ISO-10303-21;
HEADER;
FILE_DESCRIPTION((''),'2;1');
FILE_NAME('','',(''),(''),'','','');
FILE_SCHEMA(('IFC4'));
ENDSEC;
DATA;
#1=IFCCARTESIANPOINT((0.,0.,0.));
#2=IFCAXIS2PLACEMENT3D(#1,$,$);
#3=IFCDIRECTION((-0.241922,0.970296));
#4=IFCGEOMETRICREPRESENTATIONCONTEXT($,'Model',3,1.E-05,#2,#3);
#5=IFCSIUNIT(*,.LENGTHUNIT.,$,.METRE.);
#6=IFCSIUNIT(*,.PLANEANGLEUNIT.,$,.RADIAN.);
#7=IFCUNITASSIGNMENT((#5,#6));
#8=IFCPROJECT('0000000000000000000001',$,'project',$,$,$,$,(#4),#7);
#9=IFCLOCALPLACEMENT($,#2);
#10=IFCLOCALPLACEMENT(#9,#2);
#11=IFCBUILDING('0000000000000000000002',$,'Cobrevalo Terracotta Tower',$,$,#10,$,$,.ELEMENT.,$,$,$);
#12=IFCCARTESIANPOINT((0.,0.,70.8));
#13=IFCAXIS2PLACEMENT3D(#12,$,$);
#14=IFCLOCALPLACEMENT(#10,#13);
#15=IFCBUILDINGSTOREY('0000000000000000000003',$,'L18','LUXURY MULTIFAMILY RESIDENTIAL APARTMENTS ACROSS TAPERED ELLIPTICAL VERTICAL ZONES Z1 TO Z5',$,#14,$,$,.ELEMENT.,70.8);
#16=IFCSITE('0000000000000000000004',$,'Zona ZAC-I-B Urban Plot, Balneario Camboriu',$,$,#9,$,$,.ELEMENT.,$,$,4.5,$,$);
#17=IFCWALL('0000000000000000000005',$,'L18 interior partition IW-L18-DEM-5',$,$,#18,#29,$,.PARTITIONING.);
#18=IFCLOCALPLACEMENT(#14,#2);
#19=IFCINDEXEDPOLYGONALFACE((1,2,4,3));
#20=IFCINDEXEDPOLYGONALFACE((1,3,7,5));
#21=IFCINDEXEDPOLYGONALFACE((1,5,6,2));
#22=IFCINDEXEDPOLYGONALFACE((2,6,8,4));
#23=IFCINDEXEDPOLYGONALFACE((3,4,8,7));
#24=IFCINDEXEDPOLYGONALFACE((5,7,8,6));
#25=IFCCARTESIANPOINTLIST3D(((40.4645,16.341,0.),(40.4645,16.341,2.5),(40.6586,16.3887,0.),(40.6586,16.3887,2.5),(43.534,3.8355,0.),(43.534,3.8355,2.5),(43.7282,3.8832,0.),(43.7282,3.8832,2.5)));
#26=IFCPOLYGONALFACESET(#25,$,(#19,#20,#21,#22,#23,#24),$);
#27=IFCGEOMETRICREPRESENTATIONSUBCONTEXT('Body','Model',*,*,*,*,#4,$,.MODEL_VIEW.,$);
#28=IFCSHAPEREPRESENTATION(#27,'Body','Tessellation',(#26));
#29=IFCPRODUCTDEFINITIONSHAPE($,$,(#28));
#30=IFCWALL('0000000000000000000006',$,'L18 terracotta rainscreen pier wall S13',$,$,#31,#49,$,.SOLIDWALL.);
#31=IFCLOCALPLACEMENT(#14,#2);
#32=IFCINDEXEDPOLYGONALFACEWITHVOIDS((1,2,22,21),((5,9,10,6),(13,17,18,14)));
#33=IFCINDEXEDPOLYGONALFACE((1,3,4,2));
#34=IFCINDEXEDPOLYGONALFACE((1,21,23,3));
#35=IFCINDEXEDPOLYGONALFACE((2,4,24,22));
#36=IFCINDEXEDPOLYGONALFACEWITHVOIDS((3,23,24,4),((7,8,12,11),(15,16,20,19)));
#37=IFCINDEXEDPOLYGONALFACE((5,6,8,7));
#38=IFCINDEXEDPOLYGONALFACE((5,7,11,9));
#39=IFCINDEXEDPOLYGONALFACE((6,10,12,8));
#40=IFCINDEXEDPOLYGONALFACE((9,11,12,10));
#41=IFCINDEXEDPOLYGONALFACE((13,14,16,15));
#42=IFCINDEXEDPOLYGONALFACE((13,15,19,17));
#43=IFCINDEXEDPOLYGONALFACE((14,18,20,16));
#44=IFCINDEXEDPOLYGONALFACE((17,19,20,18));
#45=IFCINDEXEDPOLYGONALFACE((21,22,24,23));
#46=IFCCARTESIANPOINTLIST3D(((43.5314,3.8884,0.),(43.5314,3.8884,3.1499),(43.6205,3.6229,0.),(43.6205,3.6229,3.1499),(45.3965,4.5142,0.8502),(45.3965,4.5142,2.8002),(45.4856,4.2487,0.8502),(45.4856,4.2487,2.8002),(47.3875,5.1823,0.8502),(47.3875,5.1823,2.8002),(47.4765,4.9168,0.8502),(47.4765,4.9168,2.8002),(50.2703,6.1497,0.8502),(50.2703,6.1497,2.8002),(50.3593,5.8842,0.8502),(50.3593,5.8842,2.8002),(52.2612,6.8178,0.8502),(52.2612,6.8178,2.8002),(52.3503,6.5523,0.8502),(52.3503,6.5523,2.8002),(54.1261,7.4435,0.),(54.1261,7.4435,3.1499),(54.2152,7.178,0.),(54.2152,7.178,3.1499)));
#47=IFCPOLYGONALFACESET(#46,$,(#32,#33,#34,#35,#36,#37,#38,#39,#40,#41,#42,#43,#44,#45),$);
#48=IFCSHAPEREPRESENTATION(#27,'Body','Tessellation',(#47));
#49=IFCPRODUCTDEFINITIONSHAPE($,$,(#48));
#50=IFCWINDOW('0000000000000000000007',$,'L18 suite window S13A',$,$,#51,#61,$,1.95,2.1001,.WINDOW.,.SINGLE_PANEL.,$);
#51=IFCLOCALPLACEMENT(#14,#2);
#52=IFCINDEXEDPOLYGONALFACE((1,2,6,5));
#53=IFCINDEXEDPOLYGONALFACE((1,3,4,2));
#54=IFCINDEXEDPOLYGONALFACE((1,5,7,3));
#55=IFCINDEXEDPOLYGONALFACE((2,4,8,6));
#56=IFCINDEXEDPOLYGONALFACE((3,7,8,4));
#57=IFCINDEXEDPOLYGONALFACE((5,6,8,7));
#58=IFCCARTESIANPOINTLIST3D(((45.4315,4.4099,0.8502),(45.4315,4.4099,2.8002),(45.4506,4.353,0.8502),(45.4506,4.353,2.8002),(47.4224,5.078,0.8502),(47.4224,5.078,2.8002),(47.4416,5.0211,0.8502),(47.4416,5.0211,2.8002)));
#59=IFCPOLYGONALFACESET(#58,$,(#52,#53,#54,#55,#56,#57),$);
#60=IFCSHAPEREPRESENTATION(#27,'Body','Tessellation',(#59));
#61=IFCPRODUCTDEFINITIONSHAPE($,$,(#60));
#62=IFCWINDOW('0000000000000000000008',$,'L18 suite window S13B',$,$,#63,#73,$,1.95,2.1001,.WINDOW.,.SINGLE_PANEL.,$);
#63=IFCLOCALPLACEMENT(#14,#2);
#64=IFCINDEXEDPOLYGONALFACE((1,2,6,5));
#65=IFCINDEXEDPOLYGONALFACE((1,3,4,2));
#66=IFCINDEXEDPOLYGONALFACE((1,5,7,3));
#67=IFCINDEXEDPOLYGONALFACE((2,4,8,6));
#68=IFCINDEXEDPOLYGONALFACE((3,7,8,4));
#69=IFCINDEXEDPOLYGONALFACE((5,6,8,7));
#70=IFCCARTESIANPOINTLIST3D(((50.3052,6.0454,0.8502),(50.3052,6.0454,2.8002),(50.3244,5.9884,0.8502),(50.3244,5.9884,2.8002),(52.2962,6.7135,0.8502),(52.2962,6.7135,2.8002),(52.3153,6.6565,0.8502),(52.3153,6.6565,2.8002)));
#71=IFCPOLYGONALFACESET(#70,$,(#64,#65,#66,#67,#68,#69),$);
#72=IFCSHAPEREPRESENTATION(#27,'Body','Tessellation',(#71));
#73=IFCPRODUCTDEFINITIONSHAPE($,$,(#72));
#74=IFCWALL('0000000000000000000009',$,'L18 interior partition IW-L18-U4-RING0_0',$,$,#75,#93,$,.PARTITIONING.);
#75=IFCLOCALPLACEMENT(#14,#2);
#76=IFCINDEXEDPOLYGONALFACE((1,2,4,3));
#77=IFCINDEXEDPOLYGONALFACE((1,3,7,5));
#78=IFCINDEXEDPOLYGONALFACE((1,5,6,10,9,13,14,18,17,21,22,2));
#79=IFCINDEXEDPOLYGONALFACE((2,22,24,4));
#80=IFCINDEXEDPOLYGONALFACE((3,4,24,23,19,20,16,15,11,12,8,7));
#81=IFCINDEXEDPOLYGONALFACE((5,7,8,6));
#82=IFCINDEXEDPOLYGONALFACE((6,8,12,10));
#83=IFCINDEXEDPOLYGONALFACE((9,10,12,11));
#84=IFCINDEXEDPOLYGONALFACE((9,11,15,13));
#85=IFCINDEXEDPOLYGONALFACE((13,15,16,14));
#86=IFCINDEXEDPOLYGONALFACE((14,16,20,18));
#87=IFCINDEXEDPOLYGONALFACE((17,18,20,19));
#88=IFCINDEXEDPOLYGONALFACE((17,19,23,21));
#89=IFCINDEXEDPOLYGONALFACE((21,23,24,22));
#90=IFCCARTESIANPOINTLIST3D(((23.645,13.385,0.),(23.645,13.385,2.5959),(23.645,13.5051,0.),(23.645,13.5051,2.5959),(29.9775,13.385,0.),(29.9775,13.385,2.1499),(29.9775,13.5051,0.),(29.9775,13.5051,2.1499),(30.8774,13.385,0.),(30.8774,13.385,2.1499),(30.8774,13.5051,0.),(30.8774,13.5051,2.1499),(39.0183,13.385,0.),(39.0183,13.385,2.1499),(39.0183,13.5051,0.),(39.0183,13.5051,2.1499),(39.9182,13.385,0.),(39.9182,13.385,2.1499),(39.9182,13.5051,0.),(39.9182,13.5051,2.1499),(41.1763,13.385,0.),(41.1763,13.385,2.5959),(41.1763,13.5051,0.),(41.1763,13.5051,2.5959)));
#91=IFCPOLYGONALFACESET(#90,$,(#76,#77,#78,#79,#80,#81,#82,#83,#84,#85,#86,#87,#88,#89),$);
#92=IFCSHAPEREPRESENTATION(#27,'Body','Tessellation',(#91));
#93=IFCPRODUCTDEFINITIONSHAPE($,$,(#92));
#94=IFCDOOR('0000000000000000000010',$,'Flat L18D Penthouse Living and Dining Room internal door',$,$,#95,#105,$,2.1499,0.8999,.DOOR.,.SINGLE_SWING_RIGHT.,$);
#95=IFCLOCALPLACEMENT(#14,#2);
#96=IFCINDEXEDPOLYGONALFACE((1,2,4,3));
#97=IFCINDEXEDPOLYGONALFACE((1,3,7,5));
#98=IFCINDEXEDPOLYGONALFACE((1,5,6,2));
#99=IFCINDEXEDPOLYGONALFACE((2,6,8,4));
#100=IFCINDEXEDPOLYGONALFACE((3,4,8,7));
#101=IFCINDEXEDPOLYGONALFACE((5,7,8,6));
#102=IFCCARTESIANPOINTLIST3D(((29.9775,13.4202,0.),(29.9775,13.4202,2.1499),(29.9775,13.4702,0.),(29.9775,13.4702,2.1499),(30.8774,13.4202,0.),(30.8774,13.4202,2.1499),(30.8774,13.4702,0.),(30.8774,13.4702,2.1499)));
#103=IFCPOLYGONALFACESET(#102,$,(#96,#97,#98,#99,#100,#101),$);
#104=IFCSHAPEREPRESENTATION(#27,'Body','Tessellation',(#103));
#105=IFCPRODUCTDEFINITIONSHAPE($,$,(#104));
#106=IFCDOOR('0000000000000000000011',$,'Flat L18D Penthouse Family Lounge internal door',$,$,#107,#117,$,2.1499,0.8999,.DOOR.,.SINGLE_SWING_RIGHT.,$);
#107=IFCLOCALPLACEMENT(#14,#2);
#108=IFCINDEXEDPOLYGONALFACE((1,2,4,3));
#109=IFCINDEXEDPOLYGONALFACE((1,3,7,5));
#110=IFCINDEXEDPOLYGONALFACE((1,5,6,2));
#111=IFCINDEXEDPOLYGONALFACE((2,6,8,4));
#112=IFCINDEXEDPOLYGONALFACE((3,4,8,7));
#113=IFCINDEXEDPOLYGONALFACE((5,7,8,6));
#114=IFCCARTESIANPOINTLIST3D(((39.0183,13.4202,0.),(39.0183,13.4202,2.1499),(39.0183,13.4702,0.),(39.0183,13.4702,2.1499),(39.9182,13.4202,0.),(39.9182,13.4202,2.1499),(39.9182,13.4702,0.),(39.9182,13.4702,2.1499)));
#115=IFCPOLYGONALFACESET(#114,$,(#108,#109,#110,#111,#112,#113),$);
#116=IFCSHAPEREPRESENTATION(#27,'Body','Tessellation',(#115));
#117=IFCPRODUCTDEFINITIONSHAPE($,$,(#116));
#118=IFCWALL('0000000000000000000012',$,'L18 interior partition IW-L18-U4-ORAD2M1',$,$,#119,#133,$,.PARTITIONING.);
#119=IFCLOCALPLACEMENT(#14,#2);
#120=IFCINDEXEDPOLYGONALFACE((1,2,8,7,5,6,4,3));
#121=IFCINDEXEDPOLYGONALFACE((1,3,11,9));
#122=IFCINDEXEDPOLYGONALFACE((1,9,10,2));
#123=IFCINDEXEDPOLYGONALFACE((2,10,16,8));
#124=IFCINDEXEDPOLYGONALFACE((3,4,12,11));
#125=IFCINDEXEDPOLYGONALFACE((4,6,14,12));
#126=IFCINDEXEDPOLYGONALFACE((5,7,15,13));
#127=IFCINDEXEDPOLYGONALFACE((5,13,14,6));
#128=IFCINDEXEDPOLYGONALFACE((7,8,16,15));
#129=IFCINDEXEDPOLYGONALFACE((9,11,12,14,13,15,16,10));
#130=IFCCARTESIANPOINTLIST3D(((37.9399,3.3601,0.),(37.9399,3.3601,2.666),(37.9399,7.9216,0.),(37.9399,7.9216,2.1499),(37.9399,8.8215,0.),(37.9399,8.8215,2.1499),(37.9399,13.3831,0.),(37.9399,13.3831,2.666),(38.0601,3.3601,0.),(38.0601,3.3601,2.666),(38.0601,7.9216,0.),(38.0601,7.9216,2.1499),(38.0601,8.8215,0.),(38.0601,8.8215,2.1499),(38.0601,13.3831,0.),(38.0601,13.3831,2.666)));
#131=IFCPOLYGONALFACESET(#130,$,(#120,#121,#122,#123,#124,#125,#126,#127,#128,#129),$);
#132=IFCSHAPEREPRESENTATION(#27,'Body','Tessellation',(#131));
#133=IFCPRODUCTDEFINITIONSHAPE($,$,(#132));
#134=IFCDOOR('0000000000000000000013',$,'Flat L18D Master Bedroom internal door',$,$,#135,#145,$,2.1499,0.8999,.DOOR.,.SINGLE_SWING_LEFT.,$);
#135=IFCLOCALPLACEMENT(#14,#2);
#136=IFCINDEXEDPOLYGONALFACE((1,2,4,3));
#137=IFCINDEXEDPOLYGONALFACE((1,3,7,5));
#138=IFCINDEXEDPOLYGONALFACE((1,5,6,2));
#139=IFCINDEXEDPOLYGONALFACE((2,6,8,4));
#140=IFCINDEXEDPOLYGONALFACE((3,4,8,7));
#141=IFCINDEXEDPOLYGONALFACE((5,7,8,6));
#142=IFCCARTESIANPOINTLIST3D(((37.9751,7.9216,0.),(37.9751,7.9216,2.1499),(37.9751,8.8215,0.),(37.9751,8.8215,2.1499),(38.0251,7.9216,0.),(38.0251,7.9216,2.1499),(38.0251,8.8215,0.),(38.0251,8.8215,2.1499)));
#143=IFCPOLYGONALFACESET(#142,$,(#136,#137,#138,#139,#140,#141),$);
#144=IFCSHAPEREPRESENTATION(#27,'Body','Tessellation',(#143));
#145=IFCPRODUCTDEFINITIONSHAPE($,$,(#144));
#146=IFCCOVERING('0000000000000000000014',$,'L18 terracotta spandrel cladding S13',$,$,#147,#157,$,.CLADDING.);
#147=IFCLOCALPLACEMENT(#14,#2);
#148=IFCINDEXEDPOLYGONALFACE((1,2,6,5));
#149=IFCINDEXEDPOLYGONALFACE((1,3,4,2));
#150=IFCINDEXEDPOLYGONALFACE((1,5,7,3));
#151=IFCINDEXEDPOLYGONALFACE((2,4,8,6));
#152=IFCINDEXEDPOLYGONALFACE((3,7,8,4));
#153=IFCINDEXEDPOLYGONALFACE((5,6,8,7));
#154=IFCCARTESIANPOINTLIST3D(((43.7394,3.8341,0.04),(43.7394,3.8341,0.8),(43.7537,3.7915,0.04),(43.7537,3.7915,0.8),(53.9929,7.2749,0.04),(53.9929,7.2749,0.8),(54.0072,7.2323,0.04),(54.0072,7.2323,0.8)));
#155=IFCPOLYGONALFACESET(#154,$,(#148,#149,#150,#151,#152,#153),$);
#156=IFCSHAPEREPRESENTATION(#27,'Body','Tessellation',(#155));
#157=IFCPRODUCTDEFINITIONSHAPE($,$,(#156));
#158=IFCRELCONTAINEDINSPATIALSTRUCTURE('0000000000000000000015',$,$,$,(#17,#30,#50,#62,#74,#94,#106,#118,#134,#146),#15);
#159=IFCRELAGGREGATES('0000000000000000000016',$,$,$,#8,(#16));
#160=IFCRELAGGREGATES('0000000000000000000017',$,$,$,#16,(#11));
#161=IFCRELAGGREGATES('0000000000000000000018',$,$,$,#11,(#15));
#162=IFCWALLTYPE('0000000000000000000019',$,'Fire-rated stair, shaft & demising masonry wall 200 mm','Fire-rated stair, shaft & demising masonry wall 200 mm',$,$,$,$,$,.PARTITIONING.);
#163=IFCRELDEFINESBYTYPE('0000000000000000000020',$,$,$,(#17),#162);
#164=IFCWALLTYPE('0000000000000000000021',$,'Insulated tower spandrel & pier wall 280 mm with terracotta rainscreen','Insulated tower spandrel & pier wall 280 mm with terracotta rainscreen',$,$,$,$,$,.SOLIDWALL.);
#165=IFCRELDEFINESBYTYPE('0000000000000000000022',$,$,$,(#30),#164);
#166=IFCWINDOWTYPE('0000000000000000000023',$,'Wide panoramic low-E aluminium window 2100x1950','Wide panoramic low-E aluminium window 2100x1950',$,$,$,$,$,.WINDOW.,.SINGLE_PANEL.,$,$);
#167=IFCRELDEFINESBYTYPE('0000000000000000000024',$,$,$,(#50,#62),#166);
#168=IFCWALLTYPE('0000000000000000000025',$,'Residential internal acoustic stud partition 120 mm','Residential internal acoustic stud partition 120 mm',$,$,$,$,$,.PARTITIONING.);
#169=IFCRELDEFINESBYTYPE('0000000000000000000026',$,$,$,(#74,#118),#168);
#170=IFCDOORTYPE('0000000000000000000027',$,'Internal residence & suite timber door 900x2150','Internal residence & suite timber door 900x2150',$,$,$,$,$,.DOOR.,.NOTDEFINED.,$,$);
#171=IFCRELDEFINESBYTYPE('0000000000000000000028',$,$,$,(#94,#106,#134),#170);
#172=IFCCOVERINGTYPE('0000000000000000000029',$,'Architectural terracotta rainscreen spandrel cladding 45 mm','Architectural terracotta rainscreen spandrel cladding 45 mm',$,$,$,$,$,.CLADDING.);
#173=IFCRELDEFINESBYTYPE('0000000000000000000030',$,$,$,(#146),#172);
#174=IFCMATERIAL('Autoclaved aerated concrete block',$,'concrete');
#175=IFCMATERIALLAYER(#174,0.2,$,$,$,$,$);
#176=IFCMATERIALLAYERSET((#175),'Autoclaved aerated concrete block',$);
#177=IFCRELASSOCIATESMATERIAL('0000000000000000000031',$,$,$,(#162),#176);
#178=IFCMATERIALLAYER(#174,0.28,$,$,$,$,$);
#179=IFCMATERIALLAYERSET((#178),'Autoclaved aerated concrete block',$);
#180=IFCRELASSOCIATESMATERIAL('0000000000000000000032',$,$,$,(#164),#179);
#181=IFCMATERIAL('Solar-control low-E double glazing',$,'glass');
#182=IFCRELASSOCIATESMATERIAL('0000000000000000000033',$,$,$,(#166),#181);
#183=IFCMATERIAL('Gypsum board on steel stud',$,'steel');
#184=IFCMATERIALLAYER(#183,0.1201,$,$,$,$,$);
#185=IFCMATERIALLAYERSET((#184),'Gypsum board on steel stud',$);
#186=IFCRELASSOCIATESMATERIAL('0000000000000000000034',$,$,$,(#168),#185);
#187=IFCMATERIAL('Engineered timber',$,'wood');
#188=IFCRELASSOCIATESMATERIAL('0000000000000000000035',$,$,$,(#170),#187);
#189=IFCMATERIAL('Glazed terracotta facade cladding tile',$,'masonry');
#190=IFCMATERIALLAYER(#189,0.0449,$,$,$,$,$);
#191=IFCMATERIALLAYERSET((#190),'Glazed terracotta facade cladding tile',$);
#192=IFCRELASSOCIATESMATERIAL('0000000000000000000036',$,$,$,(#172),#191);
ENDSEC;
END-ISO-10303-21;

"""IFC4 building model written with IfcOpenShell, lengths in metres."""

from ifc_helpers import new_model, si_unit, direction, frame, frame_2d, origin, origin_2d, place, context, subcontext, project, spatial, rectangle, extrude, source, transform, mapped, material, layer, layer_set, type_object, element, fill, save


model = new_model("IFC4")

# Units and contexts
model_context = context("Model", 3, precision=1e-05, world=origin(), true_north=direction((-0.241922, 0.970296)))
body_context = subcontext(model_context, "Body", "Model", "MODEL_VIEW")
ifc_project = project(units=[si_unit("LENGTHUNIT", "METRE"), si_unit("PLANEANGLEUNIT", "RADIAN")], contexts=[model_context])

# Site, building, storey
site_placement = place(None, origin())
site = spatial("IfcSite", under=ifc_project, at=site_placement, Name="Zona ZAC-I-B Urban Plot, Balneario Camboriu", CompositionType="ELEMENT", RefElevation=4.5)
building_placement = place(site_placement, origin())
building = spatial("IfcBuilding", under=site, at=building_placement, Name="Cobrevalo Terracotta Tower", CompositionType="ELEMENT")
storey_placement = place(building_placement, frame((0.0, 0.0, 70.8)))
storey = spatial("IfcBuildingStorey", under=building, at=storey_placement, Name="L18", Description="LUXURY MULTIFAMILY RESIDENTIAL APARTMENTS ACROSS TAPERED ELLIPTICAL VERTICAL ZONES Z1 TO Z5", CompositionType="ELEMENT", Elevation=70.8)

# Shared definitions
ifc_material_1 = material(Name="Solar-control low-E double glazing", Category="glass")

# Shared definitions
ifc_material_2 = material(Name="Gypsum board on steel stud", Category="steel")

# Wall
ifc_material_3 = material(Name="Autoclaved aerated concrete block", Category="concrete")
ifc_layer_1 = layer(ifc_material_3, 0.2)
ifc_layer_set_1 = layer_set([ifc_layer_1], Name="Autoclaved aerated concrete block")
wall_type_1 = type_object("IfcWallType", Name="Fire-rated stair, shaft & demising masonry wall 200 mm", Description="Fire-rated stair, shaft & demising masonry wall 200 mm", PredefinedType="PARTITIONING", material=ifc_layer_set_1)
wall_1_placement = place(storey_placement, frame((40.5615, 16.365, 0.0), z_axis=(0.0, 0.0, 1.0), x_axis=(0.23838, -0.971172, 0.0)))
element("IfcWall", 1, at=wall_1_placement, inside=storey, type_object=wall_type_1, Name="L18 interior partition IW-L18-DEM-5", PredefinedType="PARTITIONING", context=body_context, shape_type="SweptSolid", body=[
    extrude(rectangle(XDim=12.8767, YDim=0.2, at=frame_2d((6.4385, 0.0))), origin(), (0.0, 0.0, 1.0), 2.5),
])

# Wall, openings, windows
ifc_layer_2 = layer(ifc_material_3, 0.28)
ifc_layer_set_2 = layer_set([ifc_layer_2], Name="Autoclaved aerated concrete block")
wall_type_2 = type_object("IfcWallType", Name="Insulated tower spandrel & pier wall 280 mm with terracotta rainscreen", Description="Insulated tower spandrel & pier wall 280 mm with terracotta rainscreen", PredefinedType="SOLIDWALL", material=ifc_layer_set_2)
wall_2_placement = place(storey_placement, frame((43.5759, 3.7556, 0.0), z_axis=(0.0, 0.0, 1.0), x_axis=(0.948048, 0.318128, 0.0)))
wall_2 = element("IfcWall", 2, at=wall_2_placement, inside=storey, type_object=wall_type_2, Name="L18 terracotta rainscreen pier wall S13", PredefinedType="SOLIDWALL", context=body_context, shape_type="SweptSolid", body=[
    extrude(rectangle(XDim=11.1753, YDim=0.28, at=frame_2d((5.5876, 0.0))), origin(), (0.0, 0.0, 1.0), 3.1499),
])
opening_1_placement = place(wall_2_placement, frame((1.9673, 0.0, 0.8501)))
opening_1 = element("IfcOpeningElement", 3, at=opening_1_placement, cuts=wall_2, PredefinedType="OPENING", context=body_context, shape_type="SweptSolid", body=[
    extrude(rectangle(XDim=2.1001, YDim=1.95, at=frame_2d((1.05, 0.9751))), frame((0.0, 0.1499, 0.0), z_axis=(0.0, -1.0, 0.0), x_axis=(1.0, 0.0, 0.0)), (0.0, 0.0, 1.0), 0.3),
])
opening_2_placement = place(wall_2_placement, frame((7.1082, 0.0, 0.8501)))
opening_2 = element("IfcOpeningElement", 4, at=opening_2_placement, cuts=wall_2, PredefinedType="OPENING", context=body_context, shape_type="SweptSolid", body=[
    extrude(rectangle(XDim=2.1001, YDim=1.95, at=frame_2d((1.05, 0.9751))), frame((0.0, 0.1499, 0.0), z_axis=(0.0, -1.0, 0.0), x_axis=(1.0, 0.0, 0.0)), (0.0, 0.0, 1.0), 0.3),
])
window_type = type_object("IfcWindowType", Name="Wide panoramic low-E aluminium window 2100x1950", Description="Wide panoramic low-E aluminium window 2100x1950", PartitioningType="SINGLE_PANEL", PredefinedType="WINDOW", material=ifc_material_1)
shared_shape_1 = source(origin(), body_context, "Body", "SweptSolid", [
    extrude(rectangle(XDim=2.1001, YDim=1.95, at=frame_2d((1.05, 0.9751))), frame((0.0, 0.03, 0.0), z_axis=(0.0, -1.0, 0.0), x_axis=(1.0, 0.0, 0.0)), (0.0, 0.0, 1.0), 0.0601),
])
window_1_placement = place(opening_1_placement, origin())
window_1 = element("IfcWindow", 5, at=window_1_placement, inside=storey, type_object=window_type, Name="L18 suite window S13A", OverallHeight=1.95, OverallWidth=2.1001, PartitioningType="SINGLE_PANEL", PredefinedType="WINDOW", context=body_context, shape_type="MappedRepresentation", body=[
    mapped(shared_shape_1, transform((0.0, 0.0, 0.0), scale=1.0)),
])
fill(opening_1, window_1)
window_2_placement = place(opening_2_placement, origin())
window_2 = element("IfcWindow", 6, at=window_2_placement, inside=storey, type_object=window_type, Name="L18 suite window S13B", OverallHeight=1.95, OverallWidth=2.1001, PartitioningType="SINGLE_PANEL", PredefinedType="WINDOW", context=body_context, shape_type="MappedRepresentation", body=[
    mapped(shared_shape_1, transform((0.0, 0.0, 0.0), scale=1.0)),
])
fill(opening_2, window_2)

# Wall, openings, doors
ifc_layer_3 = layer(ifc_material_2, 0.1201)
ifc_layer_set_3 = layer_set([ifc_layer_3], Name="Gypsum board on steel stud")
wall_type_3 = type_object("IfcWallType", Name="Residential internal acoustic stud partition 120 mm", Description="Residential internal acoustic stud partition 120 mm", PredefinedType="PARTITIONING", material=ifc_layer_set_3)
wall_3_placement = place(storey_placement, frame((41.1763, 13.4451, 0.0), z_axis=(0.0, 0.0, 1.0), x_axis=(-1.0, 0.0, 0.0)))
wall_3 = element("IfcWall", 7, at=wall_3_placement, inside=storey, type_object=wall_type_3, Name="L18 interior partition IW-L18-U4-RING0_0", PredefinedType="PARTITIONING", context=body_context, shape_type="SweptSolid", body=[
    extrude(rectangle(XDim=17.5312, YDim=0.1201, at=frame_2d((8.7656, 0.0))), origin(), (0.0, 0.0, 1.0), 2.5959),
])
opening_3_placement = place(wall_3_placement, frame((10.2988, 0.0, 0.0)))
opening_3 = element("IfcOpeningElement", 8, at=opening_3_placement, cuts=wall_3, PredefinedType="OPENING", context=body_context, shape_type="SweptSolid", body=[
    extrude(rectangle(XDim=0.8999, YDim=2.1499, at=frame_2d((0.45, 1.075))), frame((0.0, 0.0701, 0.0), z_axis=(0.0, -1.0, 0.0), x_axis=(1.0, 0.0, 0.0)), (0.0, 0.0, 1.0), 0.1401),
])
opening_4_placement = place(wall_3_placement, frame((1.2581, 0.0, 0.0)))
opening_4 = element("IfcOpeningElement", 9, at=opening_4_placement, cuts=wall_3, PredefinedType="OPENING", context=body_context, shape_type="SweptSolid", body=[
    extrude(rectangle(XDim=0.8999, YDim=2.1499, at=frame_2d((0.45, 1.075))), frame((0.0, 0.0701, 0.0), z_axis=(0.0, -1.0, 0.0), x_axis=(1.0, 0.0, 0.0)), (0.0, 0.0, 1.0), 0.1401),
])
ifc_material_4 = material(Name="Engineered timber", Category="wood")
door_type_1 = type_object("IfcDoorType", Name="Internal residence & suite timber door 900x2150", Description="Internal residence & suite timber door 900x2150", OperationType="NOTDEFINED", PredefinedType="DOOR", material=ifc_material_4)
shared_shape_2 = source(origin(), body_context, "Body", "SweptSolid", [
    extrude(rectangle(XDim=0.8999, YDim=2.1499, at=frame_2d((0.45, 1.075))), frame((0.0, 0.0249, 0.0), z_axis=(0.0, -1.0, 0.0), x_axis=(1.0, 0.0, 0.0)), (0.0, 0.0, 1.0), 0.05),
])
door_1_placement = place(opening_3_placement, origin())
door_1 = element("IfcDoor", 10, at=door_1_placement, inside=storey, type_object=door_type_1, Name="Flat L18D Penthouse Living and Dining Room internal door", OperationType="SINGLE_SWING_RIGHT", OverallHeight=2.1499, OverallWidth=0.8999, PredefinedType="DOOR", context=body_context, shape_type="MappedRepresentation", body=[
    mapped(shared_shape_2, transform((0.0, 0.0, 0.0), scale=1.0)),
])
fill(opening_3, door_1)
door_2_placement = place(opening_4_placement, origin())
door_2 = element("IfcDoor", 11, at=door_2_placement, inside=storey, type_object=door_type_1, Name="Flat L18D Penthouse Family Lounge internal door", OperationType="SINGLE_SWING_RIGHT", OverallHeight=2.1499, OverallWidth=0.8999, PredefinedType="DOOR", context=body_context, shape_type="MappedRepresentation", body=[
    mapped(shared_shape_2, transform((0.0, 0.0, 0.0), scale=1.0)),
])
fill(opening_4, door_2)

# Wall, opening, door
wall_4_placement = place(storey_placement, frame((38.0, 13.3831, 0.0), z_axis=(0.0, 0.0, 1.0), x_axis=(0.0, -1.0, 0.0)))
wall_4 = element("IfcWall", 12, at=wall_4_placement, inside=storey, type_object=wall_type_3, Name="L18 interior partition IW-L18-U4-ORAD2M1", PredefinedType="PARTITIONING", context=body_context, shape_type="SweptSolid", body=[
    extrude(rectangle(XDim=10.0229, YDim=0.1201, at=frame_2d((5.0115, 0.0))), origin(), (0.0, 0.0, 1.0), 2.666),
])
opening_5_placement = place(wall_4_placement, frame((4.5615, 0.0, 0.0)))
opening_5 = element("IfcOpeningElement", 13, at=opening_5_placement, cuts=wall_4, PredefinedType="OPENING", context=body_context, shape_type="SweptSolid", body=[
    extrude(rectangle(XDim=0.8999, YDim=2.1499, at=frame_2d((0.45, 1.075))), frame((0.0, 0.0701, 0.0), z_axis=(0.0, -1.0, 0.0), x_axis=(1.0, 0.0, 0.0)), (0.0, 0.0, 1.0), 0.1401),
])
door_3_placement = place(opening_5_placement, frame((0.8999, 0.0, 0.0), z_axis=(0.0, 0.0, 1.0), x_axis=(-1.0, 0.0, 0.0)))
door_3 = element("IfcDoor", 14, at=door_3_placement, inside=storey, type_object=door_type_1, Name="Flat L18D Master Bedroom internal door", OperationType="SINGLE_SWING_LEFT", OverallHeight=2.1499, OverallWidth=0.8999, PredefinedType="DOOR", context=body_context, shape_type="MappedRepresentation", body=[
    mapped(shared_shape_2, transform((0.0, 0.0, 0.0), scale=1.0)),
])
fill(opening_5, door_3)

# Covering
ifc_material_5 = material(Name="Glazed terracotta facade cladding tile", Category="masonry")
ifc_layer_4 = layer(ifc_material_5, 0.0449)
ifc_layer_set_4 = layer_set([ifc_layer_4], Name="Glazed terracotta facade cladding tile")
covering_type = type_object("IfcCoveringType", Name="Architectural terracotta rainscreen spandrel cladding 45 mm", Description="Architectural terracotta rainscreen spandrel cladding 45 mm", PredefinedType="CLADDING", material=ifc_layer_set_4)
shared_shape_3 = source(origin(), body_context, "Body", "SweptSolid", [
    extrude(rectangle(XDim=10.8154, YDim=0.0449, at=origin_2d()), origin(), (0.0, 0.0, 1.0), 0.76),
])
covering_placement = place(storey_placement, frame((48.8733, 5.5332, 0.04), z_axis=(0.0, 0.0, 1.0), x_axis=(0.948044, 0.318139, 0.0)))
element("IfcCovering", 15, at=covering_placement, inside=storey, type_object=covering_type, Name="L18 terracotta spandrel cladding S13", PredefinedType="CLADDING", context=body_context, shape_type="MappedRepresentation", body=[
    mapped(shared_shape_3, transform((0.0, 0.0, 0.0), scale=1.0)),
])

save(model, "model.ifc")
